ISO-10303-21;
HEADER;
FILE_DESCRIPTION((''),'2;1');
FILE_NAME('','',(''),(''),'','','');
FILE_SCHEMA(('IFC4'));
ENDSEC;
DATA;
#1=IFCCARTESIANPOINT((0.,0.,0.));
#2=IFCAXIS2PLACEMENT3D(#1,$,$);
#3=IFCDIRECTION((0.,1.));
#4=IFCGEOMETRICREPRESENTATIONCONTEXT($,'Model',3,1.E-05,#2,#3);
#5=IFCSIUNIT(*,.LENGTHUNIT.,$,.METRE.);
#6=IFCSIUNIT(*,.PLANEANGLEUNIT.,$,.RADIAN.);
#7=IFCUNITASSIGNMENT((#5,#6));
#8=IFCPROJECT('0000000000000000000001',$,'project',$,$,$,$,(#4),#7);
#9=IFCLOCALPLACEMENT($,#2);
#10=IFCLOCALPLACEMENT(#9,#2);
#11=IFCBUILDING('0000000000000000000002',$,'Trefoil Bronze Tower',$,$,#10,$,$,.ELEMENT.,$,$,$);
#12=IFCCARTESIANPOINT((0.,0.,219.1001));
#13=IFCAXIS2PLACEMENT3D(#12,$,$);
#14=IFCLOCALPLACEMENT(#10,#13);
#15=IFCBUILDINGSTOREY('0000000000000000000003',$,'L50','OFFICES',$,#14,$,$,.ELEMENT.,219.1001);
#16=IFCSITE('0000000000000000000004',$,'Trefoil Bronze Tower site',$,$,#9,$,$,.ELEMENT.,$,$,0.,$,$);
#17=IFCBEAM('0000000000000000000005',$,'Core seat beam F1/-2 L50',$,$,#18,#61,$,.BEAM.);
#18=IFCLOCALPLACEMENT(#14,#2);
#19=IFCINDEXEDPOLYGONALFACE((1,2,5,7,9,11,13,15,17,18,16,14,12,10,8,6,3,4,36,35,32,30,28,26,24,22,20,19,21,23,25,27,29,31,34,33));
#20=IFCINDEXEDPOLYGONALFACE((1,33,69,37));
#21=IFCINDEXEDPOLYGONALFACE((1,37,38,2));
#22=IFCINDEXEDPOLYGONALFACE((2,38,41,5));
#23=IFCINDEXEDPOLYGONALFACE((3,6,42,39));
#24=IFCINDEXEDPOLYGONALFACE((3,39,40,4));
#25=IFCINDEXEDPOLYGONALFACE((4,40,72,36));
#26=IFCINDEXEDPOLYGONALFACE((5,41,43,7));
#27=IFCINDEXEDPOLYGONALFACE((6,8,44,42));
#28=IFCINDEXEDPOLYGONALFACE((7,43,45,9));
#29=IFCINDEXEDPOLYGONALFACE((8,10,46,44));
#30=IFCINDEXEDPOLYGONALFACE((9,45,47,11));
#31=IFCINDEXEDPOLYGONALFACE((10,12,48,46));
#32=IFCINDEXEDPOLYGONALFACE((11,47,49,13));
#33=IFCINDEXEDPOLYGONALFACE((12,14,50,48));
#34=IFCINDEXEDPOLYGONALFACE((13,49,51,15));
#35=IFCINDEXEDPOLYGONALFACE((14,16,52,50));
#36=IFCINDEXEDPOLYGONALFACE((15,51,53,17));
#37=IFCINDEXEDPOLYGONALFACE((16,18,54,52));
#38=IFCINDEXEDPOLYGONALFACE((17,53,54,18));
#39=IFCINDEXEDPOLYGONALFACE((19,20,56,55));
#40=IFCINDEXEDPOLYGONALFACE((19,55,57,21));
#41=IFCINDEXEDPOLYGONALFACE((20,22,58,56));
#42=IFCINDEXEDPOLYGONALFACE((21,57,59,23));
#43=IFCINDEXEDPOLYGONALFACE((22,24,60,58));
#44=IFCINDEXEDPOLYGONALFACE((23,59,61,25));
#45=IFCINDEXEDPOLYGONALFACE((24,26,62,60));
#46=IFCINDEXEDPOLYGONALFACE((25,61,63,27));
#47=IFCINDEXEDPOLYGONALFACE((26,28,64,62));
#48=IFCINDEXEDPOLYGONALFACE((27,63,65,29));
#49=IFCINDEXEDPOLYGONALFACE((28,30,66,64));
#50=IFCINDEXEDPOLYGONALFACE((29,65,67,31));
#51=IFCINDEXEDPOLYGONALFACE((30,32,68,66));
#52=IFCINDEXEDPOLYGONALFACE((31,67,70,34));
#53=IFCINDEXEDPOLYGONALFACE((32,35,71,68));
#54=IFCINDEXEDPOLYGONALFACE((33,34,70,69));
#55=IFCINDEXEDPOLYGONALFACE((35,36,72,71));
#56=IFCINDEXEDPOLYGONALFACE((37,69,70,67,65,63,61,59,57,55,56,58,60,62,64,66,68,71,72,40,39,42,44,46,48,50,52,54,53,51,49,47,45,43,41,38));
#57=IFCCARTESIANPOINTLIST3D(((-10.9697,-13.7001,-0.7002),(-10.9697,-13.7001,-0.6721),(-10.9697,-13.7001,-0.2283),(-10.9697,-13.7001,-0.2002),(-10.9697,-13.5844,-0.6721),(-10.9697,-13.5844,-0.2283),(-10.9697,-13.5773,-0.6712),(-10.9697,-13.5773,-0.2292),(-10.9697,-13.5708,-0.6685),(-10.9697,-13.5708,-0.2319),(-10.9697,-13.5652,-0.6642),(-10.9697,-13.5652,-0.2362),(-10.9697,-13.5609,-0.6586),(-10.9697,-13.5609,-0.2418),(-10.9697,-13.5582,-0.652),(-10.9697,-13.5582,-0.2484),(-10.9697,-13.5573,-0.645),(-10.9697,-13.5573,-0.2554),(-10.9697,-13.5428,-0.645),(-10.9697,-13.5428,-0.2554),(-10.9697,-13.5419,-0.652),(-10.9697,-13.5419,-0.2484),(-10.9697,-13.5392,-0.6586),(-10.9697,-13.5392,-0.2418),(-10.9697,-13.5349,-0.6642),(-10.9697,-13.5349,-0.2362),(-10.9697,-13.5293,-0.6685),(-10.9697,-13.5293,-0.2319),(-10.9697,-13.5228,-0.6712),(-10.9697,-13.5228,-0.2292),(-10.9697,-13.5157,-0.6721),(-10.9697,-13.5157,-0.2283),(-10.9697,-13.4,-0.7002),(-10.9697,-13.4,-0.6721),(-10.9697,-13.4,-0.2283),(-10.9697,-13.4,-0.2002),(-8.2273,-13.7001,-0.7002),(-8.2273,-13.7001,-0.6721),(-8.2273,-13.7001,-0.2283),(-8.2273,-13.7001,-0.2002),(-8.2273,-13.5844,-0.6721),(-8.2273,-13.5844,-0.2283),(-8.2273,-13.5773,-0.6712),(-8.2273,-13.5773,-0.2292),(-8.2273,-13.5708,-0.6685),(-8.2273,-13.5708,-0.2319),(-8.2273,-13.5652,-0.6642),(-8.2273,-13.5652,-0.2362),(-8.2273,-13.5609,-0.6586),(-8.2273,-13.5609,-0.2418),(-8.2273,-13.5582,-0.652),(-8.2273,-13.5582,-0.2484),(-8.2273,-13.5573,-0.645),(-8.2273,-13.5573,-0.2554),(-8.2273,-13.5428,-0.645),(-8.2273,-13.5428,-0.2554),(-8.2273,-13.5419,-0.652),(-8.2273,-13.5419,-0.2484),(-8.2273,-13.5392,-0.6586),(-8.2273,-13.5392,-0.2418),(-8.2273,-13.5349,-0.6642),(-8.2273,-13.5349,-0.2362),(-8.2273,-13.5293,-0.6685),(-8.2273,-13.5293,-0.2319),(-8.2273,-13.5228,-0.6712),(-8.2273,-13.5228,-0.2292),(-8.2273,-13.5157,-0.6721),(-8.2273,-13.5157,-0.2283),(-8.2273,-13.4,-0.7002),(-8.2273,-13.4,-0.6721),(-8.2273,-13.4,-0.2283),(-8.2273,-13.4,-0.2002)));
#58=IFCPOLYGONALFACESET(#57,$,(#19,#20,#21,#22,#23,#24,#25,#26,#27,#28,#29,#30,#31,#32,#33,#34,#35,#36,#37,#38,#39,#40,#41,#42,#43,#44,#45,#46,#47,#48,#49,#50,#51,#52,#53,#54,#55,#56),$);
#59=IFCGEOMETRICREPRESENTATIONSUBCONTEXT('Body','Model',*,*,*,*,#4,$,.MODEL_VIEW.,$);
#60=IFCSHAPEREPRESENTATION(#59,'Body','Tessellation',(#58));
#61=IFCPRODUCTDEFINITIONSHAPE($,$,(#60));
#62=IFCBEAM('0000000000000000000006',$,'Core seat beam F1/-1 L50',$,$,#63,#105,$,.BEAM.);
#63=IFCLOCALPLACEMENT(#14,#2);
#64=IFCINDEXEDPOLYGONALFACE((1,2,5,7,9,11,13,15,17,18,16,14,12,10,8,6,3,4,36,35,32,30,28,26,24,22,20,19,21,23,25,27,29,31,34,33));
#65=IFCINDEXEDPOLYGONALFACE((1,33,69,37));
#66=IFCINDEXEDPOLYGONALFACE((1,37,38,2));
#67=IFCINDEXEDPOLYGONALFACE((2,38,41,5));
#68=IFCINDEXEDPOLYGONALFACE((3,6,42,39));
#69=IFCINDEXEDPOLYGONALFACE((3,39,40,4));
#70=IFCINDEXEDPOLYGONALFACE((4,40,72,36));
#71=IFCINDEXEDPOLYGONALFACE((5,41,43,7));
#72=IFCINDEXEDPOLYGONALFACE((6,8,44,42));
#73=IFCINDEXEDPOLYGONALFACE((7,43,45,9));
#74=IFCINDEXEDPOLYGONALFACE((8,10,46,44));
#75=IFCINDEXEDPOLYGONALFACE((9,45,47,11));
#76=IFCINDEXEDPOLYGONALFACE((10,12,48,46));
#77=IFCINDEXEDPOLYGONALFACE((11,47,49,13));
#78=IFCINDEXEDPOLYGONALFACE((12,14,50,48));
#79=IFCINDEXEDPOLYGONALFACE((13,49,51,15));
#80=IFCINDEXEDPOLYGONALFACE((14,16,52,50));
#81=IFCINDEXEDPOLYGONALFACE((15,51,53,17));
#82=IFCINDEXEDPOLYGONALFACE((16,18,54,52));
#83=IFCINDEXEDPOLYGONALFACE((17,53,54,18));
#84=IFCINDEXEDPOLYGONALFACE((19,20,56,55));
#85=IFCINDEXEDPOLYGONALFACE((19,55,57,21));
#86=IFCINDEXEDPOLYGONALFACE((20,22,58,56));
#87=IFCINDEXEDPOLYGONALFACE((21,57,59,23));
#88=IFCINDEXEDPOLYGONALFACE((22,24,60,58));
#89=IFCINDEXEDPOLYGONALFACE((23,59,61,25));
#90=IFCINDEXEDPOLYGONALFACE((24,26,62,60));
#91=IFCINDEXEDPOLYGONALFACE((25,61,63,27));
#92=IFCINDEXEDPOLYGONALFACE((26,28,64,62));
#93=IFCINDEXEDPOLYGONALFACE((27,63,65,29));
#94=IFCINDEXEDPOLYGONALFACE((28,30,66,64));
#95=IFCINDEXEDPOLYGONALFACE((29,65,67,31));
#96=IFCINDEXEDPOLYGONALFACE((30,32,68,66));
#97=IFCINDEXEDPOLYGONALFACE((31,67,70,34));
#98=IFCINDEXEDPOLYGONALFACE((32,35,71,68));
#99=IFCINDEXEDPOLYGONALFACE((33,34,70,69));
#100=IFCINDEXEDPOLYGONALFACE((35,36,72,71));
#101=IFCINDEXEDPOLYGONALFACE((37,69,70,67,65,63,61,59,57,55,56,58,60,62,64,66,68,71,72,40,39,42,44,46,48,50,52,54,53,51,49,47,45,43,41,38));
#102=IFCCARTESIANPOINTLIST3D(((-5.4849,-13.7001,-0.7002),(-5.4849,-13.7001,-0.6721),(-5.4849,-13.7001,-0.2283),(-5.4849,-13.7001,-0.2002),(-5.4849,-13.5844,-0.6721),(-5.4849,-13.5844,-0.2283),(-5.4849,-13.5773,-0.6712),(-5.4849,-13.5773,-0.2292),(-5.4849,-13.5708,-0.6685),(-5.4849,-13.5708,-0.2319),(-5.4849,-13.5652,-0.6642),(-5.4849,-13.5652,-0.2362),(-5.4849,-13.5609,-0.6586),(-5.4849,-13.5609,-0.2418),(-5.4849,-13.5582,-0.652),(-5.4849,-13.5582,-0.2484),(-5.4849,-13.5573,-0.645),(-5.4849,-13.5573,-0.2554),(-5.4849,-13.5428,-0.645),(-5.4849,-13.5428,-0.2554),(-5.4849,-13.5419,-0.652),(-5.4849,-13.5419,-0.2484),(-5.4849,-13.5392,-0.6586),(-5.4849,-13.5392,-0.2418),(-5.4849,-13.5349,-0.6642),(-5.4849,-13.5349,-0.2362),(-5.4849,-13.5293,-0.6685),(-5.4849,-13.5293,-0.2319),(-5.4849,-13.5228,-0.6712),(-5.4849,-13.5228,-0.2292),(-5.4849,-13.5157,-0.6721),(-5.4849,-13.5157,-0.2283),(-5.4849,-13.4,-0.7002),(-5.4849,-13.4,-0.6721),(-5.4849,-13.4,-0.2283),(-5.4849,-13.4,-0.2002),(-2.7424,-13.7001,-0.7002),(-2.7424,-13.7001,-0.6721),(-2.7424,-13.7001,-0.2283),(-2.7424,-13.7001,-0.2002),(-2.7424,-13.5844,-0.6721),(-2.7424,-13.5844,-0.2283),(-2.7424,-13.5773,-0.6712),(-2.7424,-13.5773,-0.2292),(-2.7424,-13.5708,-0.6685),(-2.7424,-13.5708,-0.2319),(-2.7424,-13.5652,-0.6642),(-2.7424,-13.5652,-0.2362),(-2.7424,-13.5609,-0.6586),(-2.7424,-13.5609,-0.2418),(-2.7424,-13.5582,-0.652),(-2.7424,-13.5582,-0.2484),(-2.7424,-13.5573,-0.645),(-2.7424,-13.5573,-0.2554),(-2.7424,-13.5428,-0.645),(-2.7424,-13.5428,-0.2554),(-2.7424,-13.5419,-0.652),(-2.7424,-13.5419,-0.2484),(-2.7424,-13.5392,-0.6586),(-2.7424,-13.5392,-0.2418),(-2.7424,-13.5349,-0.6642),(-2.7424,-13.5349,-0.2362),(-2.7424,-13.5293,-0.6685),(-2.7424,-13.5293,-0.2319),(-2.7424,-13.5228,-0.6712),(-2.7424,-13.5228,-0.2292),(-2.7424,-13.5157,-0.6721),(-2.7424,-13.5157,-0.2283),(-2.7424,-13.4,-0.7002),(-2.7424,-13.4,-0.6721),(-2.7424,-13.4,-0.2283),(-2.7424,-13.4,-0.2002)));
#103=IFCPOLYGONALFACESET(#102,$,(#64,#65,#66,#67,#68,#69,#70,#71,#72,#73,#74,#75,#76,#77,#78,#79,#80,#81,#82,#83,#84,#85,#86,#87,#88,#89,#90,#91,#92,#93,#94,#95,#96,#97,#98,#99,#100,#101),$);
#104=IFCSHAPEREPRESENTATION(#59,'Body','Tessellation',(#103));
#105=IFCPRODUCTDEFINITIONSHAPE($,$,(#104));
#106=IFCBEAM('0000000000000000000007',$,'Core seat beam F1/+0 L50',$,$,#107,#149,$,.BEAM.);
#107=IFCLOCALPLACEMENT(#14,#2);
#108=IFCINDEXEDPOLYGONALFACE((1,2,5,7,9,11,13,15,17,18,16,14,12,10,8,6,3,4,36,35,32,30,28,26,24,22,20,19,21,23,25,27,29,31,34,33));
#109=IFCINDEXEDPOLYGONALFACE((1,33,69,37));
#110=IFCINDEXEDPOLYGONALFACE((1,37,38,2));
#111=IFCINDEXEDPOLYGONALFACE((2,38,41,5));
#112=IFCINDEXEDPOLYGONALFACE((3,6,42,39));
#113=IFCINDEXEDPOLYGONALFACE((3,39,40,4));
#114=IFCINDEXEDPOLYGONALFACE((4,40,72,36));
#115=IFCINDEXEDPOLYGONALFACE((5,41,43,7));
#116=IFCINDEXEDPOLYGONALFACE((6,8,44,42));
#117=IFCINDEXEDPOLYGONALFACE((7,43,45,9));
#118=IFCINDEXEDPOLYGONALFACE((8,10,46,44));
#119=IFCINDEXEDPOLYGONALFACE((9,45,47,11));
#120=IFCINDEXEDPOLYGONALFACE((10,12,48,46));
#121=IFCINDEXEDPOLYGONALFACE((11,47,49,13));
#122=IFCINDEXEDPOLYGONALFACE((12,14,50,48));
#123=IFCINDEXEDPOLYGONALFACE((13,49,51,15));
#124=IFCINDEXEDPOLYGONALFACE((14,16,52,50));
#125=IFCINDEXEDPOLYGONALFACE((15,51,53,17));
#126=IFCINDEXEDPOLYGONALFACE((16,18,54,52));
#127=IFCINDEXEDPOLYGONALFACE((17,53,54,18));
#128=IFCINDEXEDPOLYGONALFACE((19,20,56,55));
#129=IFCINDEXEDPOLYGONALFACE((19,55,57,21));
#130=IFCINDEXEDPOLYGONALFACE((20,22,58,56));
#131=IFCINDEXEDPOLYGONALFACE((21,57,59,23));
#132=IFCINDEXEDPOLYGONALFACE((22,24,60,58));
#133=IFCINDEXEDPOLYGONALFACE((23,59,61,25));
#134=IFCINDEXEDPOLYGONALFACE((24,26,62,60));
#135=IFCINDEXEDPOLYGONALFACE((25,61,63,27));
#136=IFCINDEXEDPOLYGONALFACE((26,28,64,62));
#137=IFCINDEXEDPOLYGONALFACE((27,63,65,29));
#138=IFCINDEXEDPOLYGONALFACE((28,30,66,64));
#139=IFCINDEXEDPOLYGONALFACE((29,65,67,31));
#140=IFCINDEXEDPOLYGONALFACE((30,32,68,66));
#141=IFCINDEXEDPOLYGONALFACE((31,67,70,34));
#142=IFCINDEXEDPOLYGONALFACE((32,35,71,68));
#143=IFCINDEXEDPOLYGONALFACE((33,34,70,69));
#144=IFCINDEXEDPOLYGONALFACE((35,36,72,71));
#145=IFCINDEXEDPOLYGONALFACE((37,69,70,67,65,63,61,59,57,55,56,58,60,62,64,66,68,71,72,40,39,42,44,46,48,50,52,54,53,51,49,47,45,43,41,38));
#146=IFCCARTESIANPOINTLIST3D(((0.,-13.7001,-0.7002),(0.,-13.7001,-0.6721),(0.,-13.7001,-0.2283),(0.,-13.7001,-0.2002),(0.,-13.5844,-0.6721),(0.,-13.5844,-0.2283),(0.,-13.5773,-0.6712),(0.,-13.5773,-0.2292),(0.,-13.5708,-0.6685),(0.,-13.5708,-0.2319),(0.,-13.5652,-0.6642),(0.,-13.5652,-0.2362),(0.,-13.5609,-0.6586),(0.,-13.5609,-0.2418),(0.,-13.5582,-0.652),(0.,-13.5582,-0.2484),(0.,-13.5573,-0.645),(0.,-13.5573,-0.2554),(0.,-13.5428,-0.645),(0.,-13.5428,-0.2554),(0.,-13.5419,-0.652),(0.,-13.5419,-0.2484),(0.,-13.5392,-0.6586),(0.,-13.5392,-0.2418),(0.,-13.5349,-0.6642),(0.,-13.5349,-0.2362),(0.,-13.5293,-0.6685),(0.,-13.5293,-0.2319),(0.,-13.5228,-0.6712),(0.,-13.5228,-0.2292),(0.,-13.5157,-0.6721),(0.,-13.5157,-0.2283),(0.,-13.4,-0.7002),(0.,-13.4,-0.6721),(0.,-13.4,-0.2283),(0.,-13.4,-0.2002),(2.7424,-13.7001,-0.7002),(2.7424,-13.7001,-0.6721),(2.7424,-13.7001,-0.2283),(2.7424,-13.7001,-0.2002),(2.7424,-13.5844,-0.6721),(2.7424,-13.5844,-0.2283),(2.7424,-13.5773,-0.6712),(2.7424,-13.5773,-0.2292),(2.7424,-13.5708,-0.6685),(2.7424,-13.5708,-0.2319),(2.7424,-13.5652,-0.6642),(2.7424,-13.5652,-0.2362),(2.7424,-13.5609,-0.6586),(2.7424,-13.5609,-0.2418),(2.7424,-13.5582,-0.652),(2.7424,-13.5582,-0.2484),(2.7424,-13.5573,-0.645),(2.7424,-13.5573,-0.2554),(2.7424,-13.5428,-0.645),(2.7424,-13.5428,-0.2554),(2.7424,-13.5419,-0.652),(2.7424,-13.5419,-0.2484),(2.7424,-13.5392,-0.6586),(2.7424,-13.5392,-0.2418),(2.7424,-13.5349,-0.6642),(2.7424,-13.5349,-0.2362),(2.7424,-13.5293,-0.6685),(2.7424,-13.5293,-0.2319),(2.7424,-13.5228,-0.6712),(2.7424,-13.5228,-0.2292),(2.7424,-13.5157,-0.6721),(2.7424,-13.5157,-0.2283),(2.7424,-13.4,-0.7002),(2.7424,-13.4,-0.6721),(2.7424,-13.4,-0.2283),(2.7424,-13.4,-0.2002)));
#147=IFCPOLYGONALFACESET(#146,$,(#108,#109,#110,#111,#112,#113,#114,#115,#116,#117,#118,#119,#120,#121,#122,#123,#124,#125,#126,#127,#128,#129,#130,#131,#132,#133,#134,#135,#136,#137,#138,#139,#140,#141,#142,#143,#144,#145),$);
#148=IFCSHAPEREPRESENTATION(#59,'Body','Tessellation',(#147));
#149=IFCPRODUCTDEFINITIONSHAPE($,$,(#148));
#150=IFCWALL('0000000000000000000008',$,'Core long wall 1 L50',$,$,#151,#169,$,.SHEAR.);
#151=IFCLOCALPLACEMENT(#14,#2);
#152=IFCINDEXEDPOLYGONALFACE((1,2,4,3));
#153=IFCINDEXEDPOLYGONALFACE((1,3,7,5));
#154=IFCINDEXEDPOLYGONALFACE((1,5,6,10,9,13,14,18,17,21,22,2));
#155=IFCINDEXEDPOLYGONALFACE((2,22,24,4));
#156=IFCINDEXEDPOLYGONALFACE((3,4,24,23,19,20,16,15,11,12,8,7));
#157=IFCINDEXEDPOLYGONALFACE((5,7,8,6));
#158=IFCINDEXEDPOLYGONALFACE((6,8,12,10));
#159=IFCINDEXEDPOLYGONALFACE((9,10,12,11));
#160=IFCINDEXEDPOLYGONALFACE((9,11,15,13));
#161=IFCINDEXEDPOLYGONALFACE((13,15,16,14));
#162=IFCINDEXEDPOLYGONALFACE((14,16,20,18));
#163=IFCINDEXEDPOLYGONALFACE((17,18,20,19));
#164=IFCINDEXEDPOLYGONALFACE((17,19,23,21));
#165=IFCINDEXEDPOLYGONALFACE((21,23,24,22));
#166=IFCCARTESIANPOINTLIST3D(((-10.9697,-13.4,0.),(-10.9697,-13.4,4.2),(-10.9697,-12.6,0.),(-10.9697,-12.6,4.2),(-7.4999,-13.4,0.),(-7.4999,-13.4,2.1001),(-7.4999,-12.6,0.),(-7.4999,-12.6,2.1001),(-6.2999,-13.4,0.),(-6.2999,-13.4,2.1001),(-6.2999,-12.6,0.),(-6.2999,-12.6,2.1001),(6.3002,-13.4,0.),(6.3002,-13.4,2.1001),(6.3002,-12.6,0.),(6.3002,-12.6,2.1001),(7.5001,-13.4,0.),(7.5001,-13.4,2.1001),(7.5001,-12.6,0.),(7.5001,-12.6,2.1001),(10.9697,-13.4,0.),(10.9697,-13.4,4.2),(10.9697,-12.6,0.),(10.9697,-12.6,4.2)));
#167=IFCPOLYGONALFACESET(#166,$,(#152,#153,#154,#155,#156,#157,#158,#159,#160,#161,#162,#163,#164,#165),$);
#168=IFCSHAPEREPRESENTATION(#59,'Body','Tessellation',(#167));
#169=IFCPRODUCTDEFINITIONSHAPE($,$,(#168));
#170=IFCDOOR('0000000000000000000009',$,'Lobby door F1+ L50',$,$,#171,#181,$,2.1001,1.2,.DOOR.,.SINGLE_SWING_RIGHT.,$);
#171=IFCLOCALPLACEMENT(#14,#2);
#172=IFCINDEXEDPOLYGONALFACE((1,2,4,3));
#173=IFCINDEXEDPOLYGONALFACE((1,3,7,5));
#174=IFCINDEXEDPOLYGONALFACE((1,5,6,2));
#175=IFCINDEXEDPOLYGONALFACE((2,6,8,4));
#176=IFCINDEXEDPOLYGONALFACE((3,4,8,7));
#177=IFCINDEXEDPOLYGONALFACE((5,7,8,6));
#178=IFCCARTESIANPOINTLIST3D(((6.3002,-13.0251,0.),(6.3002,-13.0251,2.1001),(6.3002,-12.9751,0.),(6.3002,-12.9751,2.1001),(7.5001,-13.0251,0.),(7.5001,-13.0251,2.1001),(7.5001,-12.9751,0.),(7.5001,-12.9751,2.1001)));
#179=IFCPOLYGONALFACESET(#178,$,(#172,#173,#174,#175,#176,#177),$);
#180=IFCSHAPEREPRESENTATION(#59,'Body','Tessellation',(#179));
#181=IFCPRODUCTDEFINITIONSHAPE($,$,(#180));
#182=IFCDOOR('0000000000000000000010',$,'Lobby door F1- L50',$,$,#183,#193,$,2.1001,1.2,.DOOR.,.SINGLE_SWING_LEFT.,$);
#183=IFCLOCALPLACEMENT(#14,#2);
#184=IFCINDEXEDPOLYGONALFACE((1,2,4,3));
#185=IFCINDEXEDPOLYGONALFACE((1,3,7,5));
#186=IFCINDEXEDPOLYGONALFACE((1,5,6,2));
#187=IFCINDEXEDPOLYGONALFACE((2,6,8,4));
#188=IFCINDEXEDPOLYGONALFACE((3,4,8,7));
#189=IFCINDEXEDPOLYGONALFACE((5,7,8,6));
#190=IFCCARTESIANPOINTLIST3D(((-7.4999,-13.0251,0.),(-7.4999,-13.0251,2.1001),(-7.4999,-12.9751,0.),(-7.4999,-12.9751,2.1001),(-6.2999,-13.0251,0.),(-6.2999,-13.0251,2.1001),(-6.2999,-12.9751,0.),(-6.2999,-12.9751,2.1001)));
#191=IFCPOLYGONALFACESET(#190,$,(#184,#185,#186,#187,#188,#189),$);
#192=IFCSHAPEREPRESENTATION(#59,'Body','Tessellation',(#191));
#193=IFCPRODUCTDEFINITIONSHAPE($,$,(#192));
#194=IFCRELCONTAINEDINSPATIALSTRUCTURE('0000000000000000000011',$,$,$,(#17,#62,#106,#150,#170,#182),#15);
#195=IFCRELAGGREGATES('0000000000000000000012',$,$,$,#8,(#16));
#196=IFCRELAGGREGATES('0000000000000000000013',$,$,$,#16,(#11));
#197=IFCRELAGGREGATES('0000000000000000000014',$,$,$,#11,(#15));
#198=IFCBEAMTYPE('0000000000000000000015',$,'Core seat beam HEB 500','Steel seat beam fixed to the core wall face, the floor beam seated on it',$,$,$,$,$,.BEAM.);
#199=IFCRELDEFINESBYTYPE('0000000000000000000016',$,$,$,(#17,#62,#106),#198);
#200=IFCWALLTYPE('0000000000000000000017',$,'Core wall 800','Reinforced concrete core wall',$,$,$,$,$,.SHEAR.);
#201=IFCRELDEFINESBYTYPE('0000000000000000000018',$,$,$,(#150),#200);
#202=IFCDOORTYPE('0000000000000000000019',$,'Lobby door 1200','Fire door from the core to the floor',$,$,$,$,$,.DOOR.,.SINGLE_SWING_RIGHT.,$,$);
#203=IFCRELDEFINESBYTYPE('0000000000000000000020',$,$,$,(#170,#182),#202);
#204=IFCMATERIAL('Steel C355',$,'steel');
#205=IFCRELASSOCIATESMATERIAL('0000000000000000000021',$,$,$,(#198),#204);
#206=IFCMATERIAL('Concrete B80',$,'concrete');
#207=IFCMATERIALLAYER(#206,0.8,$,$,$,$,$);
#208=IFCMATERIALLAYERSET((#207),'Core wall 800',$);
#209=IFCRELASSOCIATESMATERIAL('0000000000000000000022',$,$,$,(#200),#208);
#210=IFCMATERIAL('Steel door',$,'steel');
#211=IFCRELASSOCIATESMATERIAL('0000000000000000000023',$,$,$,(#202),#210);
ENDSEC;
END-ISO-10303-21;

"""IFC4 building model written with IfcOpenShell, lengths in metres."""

from ifc_helpers import new_model, si_unit, direction, frame, frame_2d, origin, origin_2d, place, context, subcontext, project, spatial, rectangle, i_section, extrude, material, layer, layer_set, material_profile, profile_set, type_object, element, fill, save


model = new_model("IFC4")

# Units and contexts
model_context = context("Model", 3, precision=1e-05, world=origin(), true_north=direction((0.0, 1.0)))
body_context = subcontext(model_context, "Body", "Model", "MODEL_VIEW")
ifc_project = project(units=[si_unit("LENGTHUNIT", "METRE"), si_unit("PLANEANGLEUNIT", "RADIAN")], contexts=[model_context])

# Site, building, storey
site_placement = place(None, origin())
site = spatial("IfcSite", under=ifc_project, at=site_placement, Name="Trefoil Bronze Tower site", CompositionType="ELEMENT", RefElevation=0.0)
building_placement = place(site_placement, origin())
building = spatial("IfcBuilding", under=site, at=building_placement, Name="Trefoil Bronze Tower", CompositionType="ELEMENT")
storey_placement = place(building_placement, frame((0.0, 0.0, 219.1001)))
storey = spatial("IfcBuildingStorey", under=building, at=storey_placement, Name="L50", Description="OFFICES", CompositionType="ELEMENT", Elevation=219.1001)

# Beams
ifc_material_1 = material(Name="Steel C355", Category="steel")
ifc_material_profile = material_profile(ifc_material_1, i_section(OverallWidth=0.3, OverallDepth=0.5, WebThickness=0.0144, FlangeThickness=0.0281, FilletRadius=0.0271, at=origin_2d()), Name="HEB 500")
ifc_profile_set = profile_set([ifc_material_profile], Name="Steel C355")
beam_type = type_object("IfcBeamType", Name="Core seat beam HEB 500", Description="Steel seat beam fixed to the core wall face, the floor beam seated on it", PredefinedType="BEAM", material=ifc_profile_set)
for number, where, z_axis, x_axis, name in (
    (1, (-10.9697, -13.55, -0.4502), (1.0, 0.0, 0.0), (0.0, 1.0, 0.0), "Core seat beam F1/-2 L50"),
    (2, (-5.4849, -13.55, -0.4502), (1.0, 0.0, 0.0), (0.0, 1.0, 0.0), "Core seat beam F1/-1 L50"),
    (3, (0.0, -13.55, -0.4502), (1.0, 0.0, 0.0), (0.0, 1.0, 0.0), "Core seat beam F1/+0 L50"),
):
    element("IfcBeam", number, at=place(storey_placement, frame(where, z_axis=z_axis, x_axis=x_axis)), inside=storey, type_object=beam_type, Name=name, PredefinedType="BEAM", context=body_context, shape_type="SweptSolid", body=[
        extrude(i_section(OverallWidth=0.3, OverallDepth=0.5, WebThickness=0.0144, FlangeThickness=0.0281, FilletRadius=0.0271, at=origin_2d()), origin(), (0.0, 0.0, 1.0), 2.7424),
    ])

# Wall, openings, doors
ifc_material_2 = material(Name="Concrete B80", Category="concrete")
ifc_layer_1 = layer(ifc_material_2, 0.8)
ifc_layer_set_1 = layer_set([ifc_layer_1], Name="Core wall 800")
wall_type_1 = type_object("IfcWallType", Name="Core wall 800", Description="Reinforced concrete core wall", PredefinedType="SHEAR", material=ifc_layer_set_1)
wall_1_placement = place(storey_placement, frame((-10.9697, -13.0, 0.0), z_axis=(0.0, 0.0, 1.0), x_axis=(1.0, 0.0, 0.0)))
wall_1 = element("IfcWall", 4, at=wall_1_placement, inside=storey, type_object=wall_type_1, Name="Core long wall 1 L50", PredefinedType="SHEAR", context=body_context, shape_type="SweptSolid", body=[
    extrude(rectangle(XDim=21.9395, YDim=0.8, at=frame_2d((10.9697, 0.0))), origin(), (0.0, 0.0, 1.0), 4.2),
])
opening_1_placement = place(wall_1_placement, frame((17.2698, 0.0, 0.0)))
opening_1 = element("IfcOpeningElement", 5, at=opening_1_placement, cuts=wall_1, PredefinedType="OPENING", context=body_context, shape_type="SweptSolid", body=[
    extrude(rectangle(XDim=1.2, YDim=2.1001, at=frame_2d((0.6001, 1.05))), frame((0.0, 0.4099, 0.0), z_axis=(0.0, -1.0, 0.0), x_axis=(1.0, 0.0, 0.0)), (0.0, 0.0, 1.0), 0.8201),
])
opening_2_placement = place(wall_1_placement, frame((3.4697, 0.0, 0.0)))
opening_2 = element("IfcOpeningElement", 6, at=opening_2_placement, cuts=wall_1, PredefinedType="OPENING", context=body_context, shape_type="SweptSolid", body=[
    extrude(rectangle(XDim=1.2, YDim=2.1001, at=frame_2d((0.6001, 1.05))), frame((0.0, 0.4099, 0.0), z_axis=(0.0, -1.0, 0.0), x_axis=(1.0, 0.0, 0.0)), (0.0, 0.0, 1.0), 0.8201),
])
ifc_material_3 = material(Name="Steel door", Category="steel")
door_type_1 = type_object("IfcDoorType", Name="Lobby door 1200", Description="Fire door from the core to the floor", OperationType="SINGLE_SWING_RIGHT", PredefinedType="DOOR", material=ifc_material_3)
door_1_placement = place(opening_1_placement, origin())
door_1 = element("IfcDoor", 7, at=door_1_placement, inside=storey, type_object=door_type_1, Name="Lobby door F1+ L50", OperationType="SINGLE_SWING_RIGHT", OverallHeight=2.1001, OverallWidth=1.2, PredefinedType="DOOR", context=body_context, shape_type="SweptSolid", body=[
    extrude(rectangle(XDim=1.2, YDim=2.1001, at=frame_2d((0.6001, 1.05))), frame((0.0, 0.0249, 0.0), z_axis=(0.0, -1.0, 0.0), x_axis=(1.0, 0.0, 0.0)), (0.0, 0.0, 1.0), 0.05),
])
fill(opening_1, door_1)
door_2_placement = place(opening_2_placement, origin())
door_2 = element("IfcDoor", 8, at=door_2_placement, inside=storey, type_object=door_type_1, Name="Lobby door F1- L50", OperationType="SINGLE_SWING_LEFT", OverallHeight=2.1001, OverallWidth=1.2, PredefinedType="DOOR", context=body_context, shape_type="SweptSolid", body=[
    extrude(rectangle(XDim=1.2, YDim=2.1001, at=frame_2d((0.6001, 1.05))), frame((0.0, 0.0249, 0.0), z_axis=(0.0, -1.0, 0.0), x_axis=(1.0, 0.0, 0.0)), (0.0, 0.0, 1.0), 0.05),
])
fill(opening_2, door_2)

save(model, "model.ifc")
